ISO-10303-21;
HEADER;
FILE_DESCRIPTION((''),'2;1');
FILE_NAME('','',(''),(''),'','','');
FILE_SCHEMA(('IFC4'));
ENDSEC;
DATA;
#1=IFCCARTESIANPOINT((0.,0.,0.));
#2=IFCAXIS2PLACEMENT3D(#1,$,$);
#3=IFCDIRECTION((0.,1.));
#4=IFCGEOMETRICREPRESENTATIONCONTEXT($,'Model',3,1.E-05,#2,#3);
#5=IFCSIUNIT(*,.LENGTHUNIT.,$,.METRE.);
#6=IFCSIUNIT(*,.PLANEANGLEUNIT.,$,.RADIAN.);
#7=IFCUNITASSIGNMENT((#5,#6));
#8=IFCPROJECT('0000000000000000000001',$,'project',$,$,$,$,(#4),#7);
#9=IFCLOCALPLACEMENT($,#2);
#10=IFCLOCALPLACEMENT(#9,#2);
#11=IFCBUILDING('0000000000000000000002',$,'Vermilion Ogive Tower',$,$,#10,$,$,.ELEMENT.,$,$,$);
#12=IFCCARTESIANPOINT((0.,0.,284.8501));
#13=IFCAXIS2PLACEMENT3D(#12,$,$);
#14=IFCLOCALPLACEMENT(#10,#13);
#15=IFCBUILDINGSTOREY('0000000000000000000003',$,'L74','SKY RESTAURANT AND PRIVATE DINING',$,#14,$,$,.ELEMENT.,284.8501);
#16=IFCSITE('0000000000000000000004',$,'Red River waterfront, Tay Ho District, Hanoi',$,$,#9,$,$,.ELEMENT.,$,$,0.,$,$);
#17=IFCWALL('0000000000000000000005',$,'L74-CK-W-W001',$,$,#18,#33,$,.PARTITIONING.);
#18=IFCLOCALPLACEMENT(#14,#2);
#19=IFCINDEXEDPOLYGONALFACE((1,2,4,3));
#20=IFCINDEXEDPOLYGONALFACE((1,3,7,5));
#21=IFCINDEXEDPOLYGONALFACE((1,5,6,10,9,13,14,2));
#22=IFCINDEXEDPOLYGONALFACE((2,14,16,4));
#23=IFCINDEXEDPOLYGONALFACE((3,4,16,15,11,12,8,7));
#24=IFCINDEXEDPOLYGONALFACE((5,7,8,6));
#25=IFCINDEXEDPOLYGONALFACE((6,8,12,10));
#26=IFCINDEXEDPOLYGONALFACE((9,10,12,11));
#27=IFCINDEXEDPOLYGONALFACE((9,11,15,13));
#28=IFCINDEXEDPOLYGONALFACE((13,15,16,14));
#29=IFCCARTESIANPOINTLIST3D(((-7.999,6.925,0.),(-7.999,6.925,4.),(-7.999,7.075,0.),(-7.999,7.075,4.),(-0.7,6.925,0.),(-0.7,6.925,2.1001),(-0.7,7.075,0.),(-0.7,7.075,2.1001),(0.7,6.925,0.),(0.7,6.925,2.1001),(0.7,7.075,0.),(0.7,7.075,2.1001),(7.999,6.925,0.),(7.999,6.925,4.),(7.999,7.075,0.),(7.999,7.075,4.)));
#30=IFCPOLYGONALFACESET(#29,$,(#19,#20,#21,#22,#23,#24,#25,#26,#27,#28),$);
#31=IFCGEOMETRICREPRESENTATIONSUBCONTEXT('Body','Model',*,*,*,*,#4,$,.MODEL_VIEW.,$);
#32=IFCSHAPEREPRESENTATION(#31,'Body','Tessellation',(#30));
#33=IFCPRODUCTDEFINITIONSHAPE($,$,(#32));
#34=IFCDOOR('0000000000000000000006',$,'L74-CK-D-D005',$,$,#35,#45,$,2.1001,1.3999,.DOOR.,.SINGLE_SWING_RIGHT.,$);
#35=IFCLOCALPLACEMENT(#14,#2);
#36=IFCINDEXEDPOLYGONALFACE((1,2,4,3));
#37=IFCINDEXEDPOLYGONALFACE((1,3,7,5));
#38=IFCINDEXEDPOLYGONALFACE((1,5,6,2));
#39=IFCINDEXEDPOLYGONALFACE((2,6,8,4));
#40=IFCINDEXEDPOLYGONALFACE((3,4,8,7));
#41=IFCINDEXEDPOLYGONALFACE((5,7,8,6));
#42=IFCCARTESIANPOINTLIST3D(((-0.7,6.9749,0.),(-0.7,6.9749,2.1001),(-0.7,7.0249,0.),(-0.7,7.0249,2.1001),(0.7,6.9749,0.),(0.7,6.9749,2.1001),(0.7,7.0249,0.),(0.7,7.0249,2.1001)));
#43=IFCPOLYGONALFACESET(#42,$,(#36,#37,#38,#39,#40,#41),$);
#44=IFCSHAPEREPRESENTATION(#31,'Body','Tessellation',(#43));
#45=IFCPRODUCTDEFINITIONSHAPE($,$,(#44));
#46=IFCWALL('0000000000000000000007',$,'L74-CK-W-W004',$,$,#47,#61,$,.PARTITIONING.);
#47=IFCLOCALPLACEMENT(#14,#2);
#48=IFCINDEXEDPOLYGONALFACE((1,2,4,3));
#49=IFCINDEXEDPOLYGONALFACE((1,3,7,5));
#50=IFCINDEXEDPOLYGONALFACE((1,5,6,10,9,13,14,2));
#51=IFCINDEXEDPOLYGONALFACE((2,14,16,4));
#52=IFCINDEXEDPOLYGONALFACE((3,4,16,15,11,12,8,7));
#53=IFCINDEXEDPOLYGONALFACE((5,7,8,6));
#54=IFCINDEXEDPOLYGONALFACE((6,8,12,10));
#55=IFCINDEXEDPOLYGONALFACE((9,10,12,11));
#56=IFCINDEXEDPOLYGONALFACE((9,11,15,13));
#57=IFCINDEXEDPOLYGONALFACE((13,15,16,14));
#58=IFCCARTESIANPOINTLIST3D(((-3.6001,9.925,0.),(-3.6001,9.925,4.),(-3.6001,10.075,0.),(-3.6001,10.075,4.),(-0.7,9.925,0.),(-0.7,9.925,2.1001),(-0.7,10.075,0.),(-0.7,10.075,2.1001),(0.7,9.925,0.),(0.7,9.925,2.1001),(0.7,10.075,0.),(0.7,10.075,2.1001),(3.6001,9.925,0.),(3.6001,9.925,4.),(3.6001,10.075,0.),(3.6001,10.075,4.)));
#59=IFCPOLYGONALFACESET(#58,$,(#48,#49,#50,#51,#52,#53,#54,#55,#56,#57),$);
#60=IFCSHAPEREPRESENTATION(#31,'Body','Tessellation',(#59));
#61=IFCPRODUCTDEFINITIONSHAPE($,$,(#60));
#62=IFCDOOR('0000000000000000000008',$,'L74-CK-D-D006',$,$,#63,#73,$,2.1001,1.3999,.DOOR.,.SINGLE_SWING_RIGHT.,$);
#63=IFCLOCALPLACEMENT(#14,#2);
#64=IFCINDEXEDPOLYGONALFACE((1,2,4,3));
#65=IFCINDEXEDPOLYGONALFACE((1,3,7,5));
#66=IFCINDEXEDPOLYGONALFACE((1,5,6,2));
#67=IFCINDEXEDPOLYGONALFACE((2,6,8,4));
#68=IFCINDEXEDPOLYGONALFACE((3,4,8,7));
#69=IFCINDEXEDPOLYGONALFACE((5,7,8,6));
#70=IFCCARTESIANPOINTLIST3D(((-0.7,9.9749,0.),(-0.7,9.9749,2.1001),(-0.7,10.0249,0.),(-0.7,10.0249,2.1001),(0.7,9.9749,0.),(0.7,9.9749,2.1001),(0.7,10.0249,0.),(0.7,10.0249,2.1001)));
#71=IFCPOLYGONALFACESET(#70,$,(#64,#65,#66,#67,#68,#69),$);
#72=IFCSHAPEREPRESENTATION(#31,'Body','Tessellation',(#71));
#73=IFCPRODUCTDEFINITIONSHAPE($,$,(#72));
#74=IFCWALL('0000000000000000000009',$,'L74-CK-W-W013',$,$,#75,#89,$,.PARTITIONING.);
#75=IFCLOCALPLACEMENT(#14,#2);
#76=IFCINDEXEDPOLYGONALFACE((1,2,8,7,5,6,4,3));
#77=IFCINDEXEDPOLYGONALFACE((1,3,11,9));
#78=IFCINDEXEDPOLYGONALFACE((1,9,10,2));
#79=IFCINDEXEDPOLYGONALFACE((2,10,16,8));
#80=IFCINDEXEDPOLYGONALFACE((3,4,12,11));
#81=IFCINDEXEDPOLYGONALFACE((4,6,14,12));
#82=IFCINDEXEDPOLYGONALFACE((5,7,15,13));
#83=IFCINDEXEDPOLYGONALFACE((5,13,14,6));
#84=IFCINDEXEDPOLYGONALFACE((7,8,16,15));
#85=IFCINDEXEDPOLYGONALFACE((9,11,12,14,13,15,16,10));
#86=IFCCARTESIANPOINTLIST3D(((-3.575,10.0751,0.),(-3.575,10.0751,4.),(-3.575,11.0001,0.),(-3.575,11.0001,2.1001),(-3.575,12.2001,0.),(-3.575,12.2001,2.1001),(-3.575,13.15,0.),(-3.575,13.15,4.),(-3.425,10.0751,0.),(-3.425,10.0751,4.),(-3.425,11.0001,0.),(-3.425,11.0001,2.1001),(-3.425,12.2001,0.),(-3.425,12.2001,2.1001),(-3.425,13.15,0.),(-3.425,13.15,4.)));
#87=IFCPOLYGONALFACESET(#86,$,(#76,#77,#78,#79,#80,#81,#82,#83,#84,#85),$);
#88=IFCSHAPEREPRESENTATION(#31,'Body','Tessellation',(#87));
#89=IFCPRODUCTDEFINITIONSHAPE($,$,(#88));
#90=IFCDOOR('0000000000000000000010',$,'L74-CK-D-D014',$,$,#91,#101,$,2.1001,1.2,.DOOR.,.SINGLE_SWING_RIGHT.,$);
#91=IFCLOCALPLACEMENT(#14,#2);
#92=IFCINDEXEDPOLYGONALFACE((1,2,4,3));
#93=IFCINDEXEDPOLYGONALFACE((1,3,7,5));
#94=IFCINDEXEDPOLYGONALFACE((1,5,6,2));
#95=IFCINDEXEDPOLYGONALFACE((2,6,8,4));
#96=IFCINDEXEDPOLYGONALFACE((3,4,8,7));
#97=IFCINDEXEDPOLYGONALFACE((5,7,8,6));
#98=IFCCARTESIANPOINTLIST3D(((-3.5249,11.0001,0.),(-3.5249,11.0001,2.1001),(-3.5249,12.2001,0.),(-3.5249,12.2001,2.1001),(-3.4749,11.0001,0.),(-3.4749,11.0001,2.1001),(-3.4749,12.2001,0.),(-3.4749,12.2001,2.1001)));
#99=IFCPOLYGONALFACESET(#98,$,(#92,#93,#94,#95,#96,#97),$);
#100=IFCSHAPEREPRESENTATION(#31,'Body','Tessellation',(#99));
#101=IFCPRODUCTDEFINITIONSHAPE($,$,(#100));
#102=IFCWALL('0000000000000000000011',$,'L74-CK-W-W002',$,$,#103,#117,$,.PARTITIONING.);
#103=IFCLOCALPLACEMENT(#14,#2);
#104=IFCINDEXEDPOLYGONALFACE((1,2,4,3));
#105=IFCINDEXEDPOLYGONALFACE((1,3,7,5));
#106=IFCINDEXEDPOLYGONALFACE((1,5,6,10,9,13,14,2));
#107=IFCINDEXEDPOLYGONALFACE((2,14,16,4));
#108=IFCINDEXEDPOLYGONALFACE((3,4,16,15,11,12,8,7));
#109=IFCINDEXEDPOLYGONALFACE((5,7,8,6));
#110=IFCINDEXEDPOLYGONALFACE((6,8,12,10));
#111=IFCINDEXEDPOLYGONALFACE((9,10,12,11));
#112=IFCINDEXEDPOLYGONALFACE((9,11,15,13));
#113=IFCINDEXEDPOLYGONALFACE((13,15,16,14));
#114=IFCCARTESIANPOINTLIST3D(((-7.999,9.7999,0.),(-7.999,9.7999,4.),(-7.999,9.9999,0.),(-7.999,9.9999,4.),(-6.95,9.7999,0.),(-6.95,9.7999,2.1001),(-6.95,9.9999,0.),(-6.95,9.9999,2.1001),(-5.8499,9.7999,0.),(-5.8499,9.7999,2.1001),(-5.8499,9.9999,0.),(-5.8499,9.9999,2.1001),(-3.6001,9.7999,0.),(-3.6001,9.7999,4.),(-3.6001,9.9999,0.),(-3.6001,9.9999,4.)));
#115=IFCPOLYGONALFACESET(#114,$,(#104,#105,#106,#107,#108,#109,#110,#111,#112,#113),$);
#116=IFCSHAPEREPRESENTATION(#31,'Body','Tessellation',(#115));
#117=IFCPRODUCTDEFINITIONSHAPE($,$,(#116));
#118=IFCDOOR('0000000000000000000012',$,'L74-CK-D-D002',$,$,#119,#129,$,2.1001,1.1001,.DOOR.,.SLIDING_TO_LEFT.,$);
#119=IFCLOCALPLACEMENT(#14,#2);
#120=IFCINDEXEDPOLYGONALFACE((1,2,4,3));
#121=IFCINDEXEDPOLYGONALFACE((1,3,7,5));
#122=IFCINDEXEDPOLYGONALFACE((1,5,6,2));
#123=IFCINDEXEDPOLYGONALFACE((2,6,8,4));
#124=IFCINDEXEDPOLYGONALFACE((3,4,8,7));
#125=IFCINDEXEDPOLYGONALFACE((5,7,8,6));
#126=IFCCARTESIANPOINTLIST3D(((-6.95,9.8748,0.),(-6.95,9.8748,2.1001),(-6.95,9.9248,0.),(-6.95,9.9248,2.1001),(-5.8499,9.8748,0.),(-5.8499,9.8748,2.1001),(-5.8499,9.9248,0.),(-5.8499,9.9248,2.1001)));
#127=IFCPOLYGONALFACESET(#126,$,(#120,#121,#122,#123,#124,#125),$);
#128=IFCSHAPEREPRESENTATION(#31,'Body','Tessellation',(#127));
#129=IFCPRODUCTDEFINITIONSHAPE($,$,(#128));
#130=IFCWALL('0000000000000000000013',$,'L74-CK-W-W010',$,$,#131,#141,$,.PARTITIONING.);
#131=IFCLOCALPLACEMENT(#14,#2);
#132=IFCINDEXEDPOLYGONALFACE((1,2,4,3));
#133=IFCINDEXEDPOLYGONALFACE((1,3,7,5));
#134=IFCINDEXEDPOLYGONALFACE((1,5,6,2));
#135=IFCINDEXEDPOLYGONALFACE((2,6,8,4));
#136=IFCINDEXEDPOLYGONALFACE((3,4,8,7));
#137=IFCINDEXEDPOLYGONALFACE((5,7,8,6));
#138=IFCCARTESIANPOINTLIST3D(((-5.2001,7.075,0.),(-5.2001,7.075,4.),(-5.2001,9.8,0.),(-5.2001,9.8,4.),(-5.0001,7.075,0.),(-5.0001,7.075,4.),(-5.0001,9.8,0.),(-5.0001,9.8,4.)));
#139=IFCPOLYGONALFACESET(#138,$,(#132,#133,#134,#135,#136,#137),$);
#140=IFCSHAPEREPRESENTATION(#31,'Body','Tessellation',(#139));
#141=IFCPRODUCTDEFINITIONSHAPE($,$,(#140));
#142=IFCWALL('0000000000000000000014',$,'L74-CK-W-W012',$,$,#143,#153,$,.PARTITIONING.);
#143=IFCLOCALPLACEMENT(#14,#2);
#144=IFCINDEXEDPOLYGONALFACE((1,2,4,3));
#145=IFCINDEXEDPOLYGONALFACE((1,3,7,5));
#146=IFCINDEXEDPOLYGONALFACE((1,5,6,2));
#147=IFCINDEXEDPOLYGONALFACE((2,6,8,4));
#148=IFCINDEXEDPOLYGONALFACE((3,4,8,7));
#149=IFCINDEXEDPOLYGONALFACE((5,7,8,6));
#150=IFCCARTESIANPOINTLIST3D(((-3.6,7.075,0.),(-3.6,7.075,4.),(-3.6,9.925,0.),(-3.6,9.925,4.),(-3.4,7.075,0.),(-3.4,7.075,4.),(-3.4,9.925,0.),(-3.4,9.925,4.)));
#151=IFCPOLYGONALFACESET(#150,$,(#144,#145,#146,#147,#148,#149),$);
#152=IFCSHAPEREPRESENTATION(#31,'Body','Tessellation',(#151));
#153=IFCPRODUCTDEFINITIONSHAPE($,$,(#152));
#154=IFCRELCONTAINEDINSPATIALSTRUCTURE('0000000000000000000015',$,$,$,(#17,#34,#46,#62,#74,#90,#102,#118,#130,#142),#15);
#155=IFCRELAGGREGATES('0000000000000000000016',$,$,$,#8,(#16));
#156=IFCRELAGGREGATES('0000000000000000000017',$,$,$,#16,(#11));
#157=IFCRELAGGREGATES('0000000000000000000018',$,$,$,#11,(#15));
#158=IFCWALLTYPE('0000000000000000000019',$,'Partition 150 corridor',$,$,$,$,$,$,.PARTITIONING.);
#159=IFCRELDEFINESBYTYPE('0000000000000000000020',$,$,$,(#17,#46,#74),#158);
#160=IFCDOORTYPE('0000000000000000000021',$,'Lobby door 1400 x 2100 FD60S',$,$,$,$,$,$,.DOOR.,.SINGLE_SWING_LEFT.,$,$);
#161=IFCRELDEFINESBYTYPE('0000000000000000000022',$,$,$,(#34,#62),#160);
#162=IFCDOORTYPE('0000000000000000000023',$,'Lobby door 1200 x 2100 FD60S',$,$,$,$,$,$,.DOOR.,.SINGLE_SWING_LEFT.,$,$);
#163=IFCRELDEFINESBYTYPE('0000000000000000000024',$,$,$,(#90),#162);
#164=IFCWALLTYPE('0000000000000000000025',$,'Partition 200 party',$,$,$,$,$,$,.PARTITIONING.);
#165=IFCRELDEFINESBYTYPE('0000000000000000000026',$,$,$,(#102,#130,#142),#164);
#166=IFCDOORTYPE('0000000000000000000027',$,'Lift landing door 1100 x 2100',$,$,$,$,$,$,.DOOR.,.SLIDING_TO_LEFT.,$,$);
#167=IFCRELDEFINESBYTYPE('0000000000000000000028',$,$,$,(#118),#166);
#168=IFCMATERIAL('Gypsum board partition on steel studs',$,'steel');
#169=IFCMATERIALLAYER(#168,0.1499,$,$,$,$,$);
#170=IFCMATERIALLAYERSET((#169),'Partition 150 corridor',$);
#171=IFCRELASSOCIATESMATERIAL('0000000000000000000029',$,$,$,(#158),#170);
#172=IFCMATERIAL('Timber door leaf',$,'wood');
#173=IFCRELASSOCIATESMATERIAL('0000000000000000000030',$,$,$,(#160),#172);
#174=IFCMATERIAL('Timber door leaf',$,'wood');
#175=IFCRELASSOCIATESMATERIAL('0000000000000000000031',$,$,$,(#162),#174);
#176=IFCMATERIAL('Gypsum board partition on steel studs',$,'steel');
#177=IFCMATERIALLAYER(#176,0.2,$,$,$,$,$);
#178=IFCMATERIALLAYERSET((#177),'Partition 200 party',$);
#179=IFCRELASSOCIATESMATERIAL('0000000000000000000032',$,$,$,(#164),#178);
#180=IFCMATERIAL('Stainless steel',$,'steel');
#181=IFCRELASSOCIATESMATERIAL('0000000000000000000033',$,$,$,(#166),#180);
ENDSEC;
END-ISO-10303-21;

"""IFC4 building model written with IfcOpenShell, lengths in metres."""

from ifc_helpers import new_model, si_unit, direction, frame, frame_2d, origin, place, context, subcontext, project, spatial, rectangle, extrude, material, layer, layer_set, type_object, element, fill, save


model = new_model("IFC4")

# Units and contexts
model_context = context("Model", 3, precision=1e-05, world=origin(), true_north=direction((0.0, 1.0)))
body_context = subcontext(model_context, "Body", "Model", "MODEL_VIEW")
ifc_project = project(units=[si_unit("LENGTHUNIT", "METRE"), si_unit("PLANEANGLEUNIT", "RADIAN")], contexts=[model_context])

# Site, building, storey
site_placement = place(None, origin())
site = spatial("IfcSite", under=ifc_project, at=site_placement, Name="Red River waterfront, Tay Ho District, Hanoi", CompositionType="ELEMENT", RefElevation=0.0)
building_placement = place(site_placement, origin())
building = spatial("IfcBuilding", under=site, at=building_placement, Name="Vermilion Ogive Tower", CompositionType="ELEMENT")
storey_placement = place(building_placement, frame((0.0, 0.0, 284.8501)))
storey = spatial("IfcBuildingStorey", under=building, at=storey_placement, Name="L74", Description="SKY RESTAURANT AND PRIVATE DINING", CompositionType="ELEMENT", Elevation=284.8501)

# Walls, openings, doors
ifc_material_1 = material(Name="Gypsum board partition on steel studs", Category="steel")
ifc_layer_1 = layer(ifc_material_1, 0.1499)
ifc_layer_set_1 = layer_set([ifc_layer_1], Name="Partition 150 corridor")
wall_type_1 = type_object("IfcWallType", Name="Partition 150 corridor", PredefinedType="PARTITIONING", material=ifc_layer_set_1)
wall_1_placement = place(storey_placement, frame((-7.999, 7.0, 0.0), z_axis=(0.0, 0.0, 1.0), x_axis=(1.0, 0.0, 0.0)))
wall_1 = element("IfcWall", 1, at=wall_1_placement, inside=storey, type_object=wall_type_1, Name="L74-CK-W-W001", PredefinedType="PARTITIONING", context=body_context, shape_type="SweptSolid", body=[
    extrude(rectangle(XDim=15.998, YDim=0.1499, at=frame_2d((7.999, 0.0))), origin(), (0.0, 0.0, 1.0), 4.0),
])
opening_1_placement = place(wall_1_placement, frame((7.2991, 0.0, 0.0)))
opening_1 = element("IfcOpeningElement", 2, at=opening_1_placement, cuts=wall_1, PredefinedType="OPENING", context=body_context, shape_type="SweptSolid", body=[
    extrude(rectangle(XDim=1.3999, YDim=2.1001, at=frame_2d((0.7, 1.05))), frame((0.0, 0.085, 0.0), z_axis=(0.0, -1.0, 0.0), x_axis=(1.0, 0.0, 0.0)), (0.0, 0.0, 1.0), 0.1699),
])
ifc_material_2 = material(Name="Timber door leaf", Category="wood")
door_type_1 = type_object("IfcDoorType", Name="Lobby door 1400 x 2100 FD60S", OperationType="SINGLE_SWING_LEFT", PredefinedType="DOOR", material=ifc_material_2)
door_1_placement = place(opening_1_placement, origin())
door_1 = element("IfcDoor", 3, at=door_1_placement, inside=storey, type_object=door_type_1, Name="L74-CK-D-D005", OperationType="SINGLE_SWING_RIGHT", OverallHeight=2.1001, OverallWidth=1.3999, PredefinedType="DOOR", context=body_context, shape_type="SweptSolid", body=[
    extrude(rectangle(XDim=1.3999, YDim=2.1001, at=frame_2d((0.7, 1.05))), frame((0.0, 0.0249, 0.0), z_axis=(0.0, -1.0, 0.0), x_axis=(1.0, 0.0, 0.0)), (0.0, 0.0, 1.0), 0.05),
])
fill(opening_1, door_1)
wall_2_placement = place(storey_placement, frame((-3.6001, 10.0, 0.0), z_axis=(0.0, 0.0, 1.0), x_axis=(1.0, 0.0, 0.0)))
wall_2 = element("IfcWall", 4, at=wall_2_placement, inside=storey, type_object=wall_type_1, Name="L74-CK-W-W004", PredefinedType="PARTITIONING", context=body_context, shape_type="SweptSolid", body=[
    extrude(rectangle(XDim=7.2002, YDim=0.1499, at=frame_2d((3.6001, 0.0))), origin(), (0.0, 0.0, 1.0), 4.0),
])
opening_2_placement = place(wall_2_placement, frame((2.9001, 0.0, 0.0)))
opening_2 = element("IfcOpeningElement", 5, at=opening_2_placement, cuts=wall_2, PredefinedType="OPENING", context=body_context, shape_type="SweptSolid", body=[
    extrude(rectangle(XDim=1.3999, YDim=2.1001, at=frame_2d((0.7, 1.05))), frame((0.0, 0.085, 0.0), z_axis=(0.0, -1.0, 0.0), x_axis=(1.0, 0.0, 0.0)), (0.0, 0.0, 1.0), 0.1699),
])
door_2_placement = place(opening_2_placement, origin())
door_2 = element("IfcDoor", 6, at=door_2_placement, inside=storey, type_object=door_type_1, Name="L74-CK-D-D006", OperationType="SINGLE_SWING_RIGHT", OverallHeight=2.1001, OverallWidth=1.3999, PredefinedType="DOOR", context=body_context, shape_type="SweptSolid", body=[
    extrude(rectangle(XDim=1.3999, YDim=2.1001, at=frame_2d((0.7, 1.05))), frame((0.0, 0.0249, 0.0), z_axis=(0.0, -1.0, 0.0), x_axis=(1.0, 0.0, 0.0)), (0.0, 0.0, 1.0), 0.05),
])
fill(opening_2, door_2)
wall_3_placement = place(storey_placement, frame((-3.5, 10.075, 0.0), z_axis=(0.0, 0.0, 1.0), x_axis=(0.0, 1.0, 0.0)))
wall_3 = element("IfcWall", 7, at=wall_3_placement, inside=storey, type_object=wall_type_1, Name="L74-CK-W-W013", PredefinedType="PARTITIONING", context=body_context, shape_type="SweptSolid", body=[
    extrude(rectangle(XDim=3.075, YDim=0.1499, at=frame_2d((1.5376, 0.0))), origin(), (0.0, 0.0, 1.0), 4.0),
])
opening_3_placement = place(wall_3_placement, frame((0.925, 0.0, 0.0)))
opening_3 = element("IfcOpeningElement", 8, at=opening_3_placement, cuts=wall_3, PredefinedType="OPENING", context=body_context, shape_type="SweptSolid", body=[
    extrude(rectangle(XDim=1.2, YDim=2.1001, at=frame_2d((0.6001, 1.05))), frame((0.0, 0.085, 0.0), z_axis=(0.0, -1.0, 0.0), x_axis=(1.0, 0.0, 0.0)), (0.0, 0.0, 1.0), 0.1699),
])
ifc_material_3 = material(Name="Timber door leaf", Category="wood")
door_type_2 = type_object("IfcDoorType", Name="Lobby door 1200 x 2100 FD60S", OperationType="SINGLE_SWING_LEFT", PredefinedType="DOOR", material=ifc_material_3)
door_3_placement = place(opening_3_placement, origin())
door_3 = element("IfcDoor", 9, at=door_3_placement, inside=storey, type_object=door_type_2, Name="L74-CK-D-D014", OperationType="SINGLE_SWING_RIGHT", OverallHeight=2.1001, OverallWidth=1.2, PredefinedType="DOOR", context=body_context, shape_type="SweptSolid", body=[
    extrude(rectangle(XDim=1.2, YDim=2.1001, at=frame_2d((0.6001, 1.05))), frame((0.0, 0.0249, 0.0), z_axis=(0.0, -1.0, 0.0), x_axis=(1.0, 0.0, 0.0)), (0.0, 0.0, 1.0), 0.05),
])
fill(opening_3, door_3)
ifc_material_4 = material(Name="Gypsum board partition on steel studs", Category="steel")
ifc_layer_2 = layer(ifc_material_4, 0.2)
ifc_layer_set_2 = layer_set([ifc_layer_2], Name="Partition 200 party")
wall_type_2 = type_object("IfcWallType", Name="Partition 200 party", PredefinedType="PARTITIONING", material=ifc_layer_set_2)
wall_4_placement = place(storey_placement, frame((-7.999, 9.8999, 0.0), z_axis=(0.0, 0.0, 1.0), x_axis=(1.0, 0.0, 0.0)))
wall_4 = element("IfcWall", 10, at=wall_4_placement, inside=storey, type_object=wall_type_2, Name="L74-CK-W-W002", PredefinedType="PARTITIONING", context=body_context, shape_type="SweptSolid", body=[
    extrude(rectangle(XDim=4.3989, YDim=0.2, at=frame_2d((2.1995, 0.0))), origin(), (0.0, 0.0, 1.0), 4.0),
])
opening_4_placement = place(wall_4_placement, frame((1.0491, 0.0, 0.0)))
opening_4 = element("IfcOpeningElement", 11, at=opening_4_placement, cuts=wall_4, PredefinedType="OPENING", context=body_context, shape_type="SweptSolid", body=[
    extrude(rectangle(XDim=1.1001, YDim=2.1001, at=frame_2d((0.55, 1.05))), frame((0.0, 0.1099, 0.0), z_axis=(0.0, -1.0, 0.0), x_axis=(1.0, 0.0, 0.0)), (0.0, 0.0, 1.0), 0.22),
])
ifc_material_5 = material(Name="Stainless steel", Category="steel")
door_type_3 = type_object("IfcDoorType", Name="Lift landing door 1100 x 2100", OperationType="SLIDING_TO_LEFT", PredefinedType="DOOR", material=ifc_material_5)
door_4_placement = place(opening_4_placement, origin())
door_4 = element("IfcDoor", 12, at=door_4_placement, inside=storey, type_object=door_type_3, Name="L74-CK-D-D002", OperationType="SLIDING_TO_LEFT", OverallHeight=2.1001, OverallWidth=1.1001, PredefinedType="DOOR", context=body_context, shape_type="SweptSolid", body=[
    extrude(rectangle(XDim=1.1001, YDim=2.1001, at=frame_2d((0.55, 1.05))), frame((0.0, 0.0249, 0.0), z_axis=(0.0, -1.0, 0.0), x_axis=(1.0, 0.0, 0.0)), (0.0, 0.0, 1.0), 0.05),
])
fill(opening_4, door_4)

# Walls
wall_5_placement = place(storey_placement, frame((-5.1001, 7.075, 0.0), z_axis=(0.0, 0.0, 1.0), x_axis=(0.0, 1.0, 0.0)))
element("IfcWall", 13, at=wall_5_placement, inside=storey, type_object=wall_type_2, Name="L74-CK-W-W010", PredefinedType="PARTITIONING", context=body_context, shape_type="SweptSolid", body=[
    extrude(rectangle(XDim=2.7251, YDim=0.2, at=frame_2d((1.3625, 0.0))), origin(), (0.0, 0.0, 1.0), 4.0),
])
wall_6_placement = place(storey_placement, frame((-3.5, 7.075, 0.0), z_axis=(0.0, 0.0, 1.0), x_axis=(0.0, 1.0, 0.0)))
element("IfcWall", 14, at=wall_6_placement, inside=storey, type_object=wall_type_2, Name="L74-CK-W-W012", PredefinedType="PARTITIONING", context=body_context, shape_type="SweptSolid", body=[
    extrude(rectangle(XDim=2.8501, YDim=0.2, at=frame_2d((1.425, 0.0))), origin(), (0.0, 0.0, 1.0), 4.0),
])

save(model, "model.ifc")
